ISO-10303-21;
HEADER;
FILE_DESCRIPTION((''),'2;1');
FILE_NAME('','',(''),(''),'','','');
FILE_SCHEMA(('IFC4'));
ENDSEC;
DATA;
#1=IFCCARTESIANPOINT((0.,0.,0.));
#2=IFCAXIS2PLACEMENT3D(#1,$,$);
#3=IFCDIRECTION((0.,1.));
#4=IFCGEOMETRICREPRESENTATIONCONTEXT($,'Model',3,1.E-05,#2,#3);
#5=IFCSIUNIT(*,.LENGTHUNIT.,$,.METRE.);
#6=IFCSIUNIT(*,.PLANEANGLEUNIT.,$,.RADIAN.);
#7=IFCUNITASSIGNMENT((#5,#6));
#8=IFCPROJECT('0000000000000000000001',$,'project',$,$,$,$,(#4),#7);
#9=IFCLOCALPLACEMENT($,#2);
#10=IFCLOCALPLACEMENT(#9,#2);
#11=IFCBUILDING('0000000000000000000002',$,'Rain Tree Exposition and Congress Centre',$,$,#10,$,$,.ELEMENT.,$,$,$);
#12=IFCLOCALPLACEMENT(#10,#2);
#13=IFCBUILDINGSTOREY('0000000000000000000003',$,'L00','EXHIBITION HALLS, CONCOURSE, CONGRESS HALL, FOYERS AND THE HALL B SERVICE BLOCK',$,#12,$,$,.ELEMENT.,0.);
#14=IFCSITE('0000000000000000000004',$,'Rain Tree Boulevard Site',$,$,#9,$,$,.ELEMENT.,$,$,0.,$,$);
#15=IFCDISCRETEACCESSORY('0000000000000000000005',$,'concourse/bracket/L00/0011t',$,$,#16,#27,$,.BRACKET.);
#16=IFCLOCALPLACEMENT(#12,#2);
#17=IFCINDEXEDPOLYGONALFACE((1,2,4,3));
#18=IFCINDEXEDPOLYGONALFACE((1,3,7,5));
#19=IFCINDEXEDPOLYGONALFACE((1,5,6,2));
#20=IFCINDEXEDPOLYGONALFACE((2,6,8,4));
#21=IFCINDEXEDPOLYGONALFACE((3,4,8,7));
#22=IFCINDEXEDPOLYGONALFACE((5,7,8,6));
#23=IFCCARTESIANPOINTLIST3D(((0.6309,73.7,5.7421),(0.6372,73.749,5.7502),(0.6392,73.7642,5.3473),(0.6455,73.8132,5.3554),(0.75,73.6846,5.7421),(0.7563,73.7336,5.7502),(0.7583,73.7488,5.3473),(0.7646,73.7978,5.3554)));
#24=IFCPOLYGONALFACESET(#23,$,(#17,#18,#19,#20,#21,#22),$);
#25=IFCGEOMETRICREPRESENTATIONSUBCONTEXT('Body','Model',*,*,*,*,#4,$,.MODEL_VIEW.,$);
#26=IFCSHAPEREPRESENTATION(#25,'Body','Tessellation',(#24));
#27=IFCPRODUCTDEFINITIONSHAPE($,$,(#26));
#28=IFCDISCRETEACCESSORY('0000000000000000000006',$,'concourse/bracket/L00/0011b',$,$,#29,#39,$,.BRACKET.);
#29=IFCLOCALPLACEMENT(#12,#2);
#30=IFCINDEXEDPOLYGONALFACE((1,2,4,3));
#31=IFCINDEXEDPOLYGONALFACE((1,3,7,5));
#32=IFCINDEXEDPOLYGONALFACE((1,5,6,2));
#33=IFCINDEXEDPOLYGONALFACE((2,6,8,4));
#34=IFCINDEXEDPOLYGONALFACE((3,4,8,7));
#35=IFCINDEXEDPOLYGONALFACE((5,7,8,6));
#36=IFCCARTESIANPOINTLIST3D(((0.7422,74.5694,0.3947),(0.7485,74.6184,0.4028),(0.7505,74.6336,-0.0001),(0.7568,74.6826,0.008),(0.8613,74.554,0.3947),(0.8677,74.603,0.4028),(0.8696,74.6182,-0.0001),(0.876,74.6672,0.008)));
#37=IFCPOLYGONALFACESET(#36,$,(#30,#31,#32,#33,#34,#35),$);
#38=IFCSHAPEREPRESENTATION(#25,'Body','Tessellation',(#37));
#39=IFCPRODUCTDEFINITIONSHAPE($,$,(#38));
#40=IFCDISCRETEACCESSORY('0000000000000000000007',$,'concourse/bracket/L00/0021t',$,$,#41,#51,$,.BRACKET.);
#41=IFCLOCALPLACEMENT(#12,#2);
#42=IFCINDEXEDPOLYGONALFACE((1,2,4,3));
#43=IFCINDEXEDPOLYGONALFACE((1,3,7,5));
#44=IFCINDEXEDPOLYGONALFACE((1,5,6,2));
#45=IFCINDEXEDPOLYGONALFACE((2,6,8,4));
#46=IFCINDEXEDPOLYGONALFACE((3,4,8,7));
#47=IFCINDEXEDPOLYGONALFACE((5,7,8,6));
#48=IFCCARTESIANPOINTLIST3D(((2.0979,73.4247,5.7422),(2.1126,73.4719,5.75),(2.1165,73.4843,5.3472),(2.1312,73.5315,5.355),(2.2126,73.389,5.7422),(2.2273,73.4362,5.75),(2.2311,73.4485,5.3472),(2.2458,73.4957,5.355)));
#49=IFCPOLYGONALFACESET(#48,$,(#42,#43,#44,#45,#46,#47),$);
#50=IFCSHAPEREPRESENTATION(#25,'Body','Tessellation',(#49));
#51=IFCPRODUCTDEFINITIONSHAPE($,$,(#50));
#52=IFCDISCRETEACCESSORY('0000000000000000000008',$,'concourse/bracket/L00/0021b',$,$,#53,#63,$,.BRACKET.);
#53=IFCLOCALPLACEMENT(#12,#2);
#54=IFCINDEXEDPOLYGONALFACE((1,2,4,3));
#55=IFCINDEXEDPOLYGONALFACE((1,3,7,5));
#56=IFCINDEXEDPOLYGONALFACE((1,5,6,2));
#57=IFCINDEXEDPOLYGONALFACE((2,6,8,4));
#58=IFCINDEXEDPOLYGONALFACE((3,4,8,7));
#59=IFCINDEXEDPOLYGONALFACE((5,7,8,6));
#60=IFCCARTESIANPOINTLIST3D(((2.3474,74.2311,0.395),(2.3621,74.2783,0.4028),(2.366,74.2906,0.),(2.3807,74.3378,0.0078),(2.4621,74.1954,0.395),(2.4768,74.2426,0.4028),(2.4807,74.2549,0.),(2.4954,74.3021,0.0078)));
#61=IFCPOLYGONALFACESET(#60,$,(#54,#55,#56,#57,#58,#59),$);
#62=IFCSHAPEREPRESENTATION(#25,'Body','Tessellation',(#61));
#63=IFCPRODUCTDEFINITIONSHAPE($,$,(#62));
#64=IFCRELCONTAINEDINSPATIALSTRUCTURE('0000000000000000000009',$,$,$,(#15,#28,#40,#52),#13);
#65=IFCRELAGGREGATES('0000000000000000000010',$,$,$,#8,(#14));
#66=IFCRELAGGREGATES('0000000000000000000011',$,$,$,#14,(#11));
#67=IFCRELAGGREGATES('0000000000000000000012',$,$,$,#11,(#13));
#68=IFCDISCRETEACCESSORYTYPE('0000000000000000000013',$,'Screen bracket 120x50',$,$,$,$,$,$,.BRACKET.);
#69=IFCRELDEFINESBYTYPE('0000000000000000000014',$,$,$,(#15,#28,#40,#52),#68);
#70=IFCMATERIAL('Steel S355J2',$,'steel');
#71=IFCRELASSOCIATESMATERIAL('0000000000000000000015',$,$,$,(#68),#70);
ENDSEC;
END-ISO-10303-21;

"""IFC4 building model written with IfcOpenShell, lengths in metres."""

from ifc_helpers import new_model, si_unit, direction, frame, origin, origin_2d, place, context, subcontext, project, spatial, rectangle, extrude, material, material_profile, profile_set, type_object, element, save


model = new_model("IFC4")

# Units and contexts
model_context = context("Model", 3, precision=1e-05, world=origin(), true_north=direction((0.0, 1.0)))
body_context = subcontext(model_context, "Body", "Model", "MODEL_VIEW")
ifc_project = project(units=[si_unit("LENGTHUNIT", "METRE"), si_unit("PLANEANGLEUNIT", "RADIAN")], contexts=[model_context])

# Site, building, storey
site_placement = place(None, origin())
site = spatial("IfcSite", under=ifc_project, at=site_placement, Name="Rain Tree Boulevard Site", CompositionType="ELEMENT", RefElevation=0.0)
building_placement = place(site_placement, origin())
building = spatial("IfcBuilding", under=site, at=building_placement, Name="Rain Tree Exposition and Congress Centre", CompositionType="ELEMENT")
storey_placement = place(building_placement, origin())
storey = spatial("IfcBuildingStorey", under=building, at=storey_placement, Name="L00", Description="EXHIBITION HALLS, CONCOURSE, CONGRESS HALL, FOYERS AND THE HALL B SERVICE BLOCK", CompositionType="ELEMENT", Elevation=0.0)

# Discrete accessories
ifc_material_1 = material(Name="Steel S355J2", Category="steel")
ifc_material_profile_1 = material_profile(ifc_material_1, rectangle(XDim=0.1201, YDim=0.05, at=origin_2d()), Name="Flat bar 120x50")
ifc_profile_set_1 = profile_set([ifc_material_profile_1], Name="Steel S355J2")
discrete_accessory_type = type_object("IfcDiscreteAccessoryType", Name="Screen bracket 120x50", PredefinedType="BRACKET", material=ifc_profile_set_1)
for number, where, z_axis, x_axis, name in (
    (1, (0.7019, 73.781, 5.3513), (-0.020749, -0.160503, 0.986817), (0.991747, -0.128211, 0.0), "concourse/bracket/L00/0011t"),
    (2, (0.8132, 74.6504, 0.0039), (-0.020749, -0.160503, 0.986817), (0.991747, -0.128211, 0.0), "concourse/bracket/L00/0011b"),
):
    element("IfcDiscreteAccessory", number, at=place(storey_placement, frame(where, z_axis=z_axis, x_axis=x_axis)), inside=storey, type_object=discrete_accessory_type, Name=name, PredefinedType="BRACKET", context=body_context, shape_type="SweptSolid", body=[
        extrude(rectangle(XDim=0.1201, YDim=0.05, at=origin_2d()), origin(), (0.0, 0.0, 1.0), 0.4001),
    ])
for number, where, z_axis, x_axis, name in (
    (3, (2.1812, 73.49, 5.3511), (-0.046396, -0.148957, 0.987755), (0.954758, -0.297384, 0.0), "concourse/bracket/L00/0021t"),
    (4, (2.4307, 74.2964, 0.0039), (-0.046396, -0.148957, 0.987755), (0.954758, -0.297384, 0.0), "concourse/bracket/L00/0021b"),
):
    element("IfcDiscreteAccessory", number, at=place(storey_placement, frame(where, z_axis=z_axis, x_axis=x_axis)), inside=storey, type_object=discrete_accessory_type, Name=name, PredefinedType="BRACKET", context=body_context, shape_type="SweptSolid", body=[
        extrude(rectangle(XDim=0.1201, YDim=0.05, at=origin_2d()), origin(), (0.0, 0.0, 1.0), 0.3999),
    ])

save(model, "model.ifc")
